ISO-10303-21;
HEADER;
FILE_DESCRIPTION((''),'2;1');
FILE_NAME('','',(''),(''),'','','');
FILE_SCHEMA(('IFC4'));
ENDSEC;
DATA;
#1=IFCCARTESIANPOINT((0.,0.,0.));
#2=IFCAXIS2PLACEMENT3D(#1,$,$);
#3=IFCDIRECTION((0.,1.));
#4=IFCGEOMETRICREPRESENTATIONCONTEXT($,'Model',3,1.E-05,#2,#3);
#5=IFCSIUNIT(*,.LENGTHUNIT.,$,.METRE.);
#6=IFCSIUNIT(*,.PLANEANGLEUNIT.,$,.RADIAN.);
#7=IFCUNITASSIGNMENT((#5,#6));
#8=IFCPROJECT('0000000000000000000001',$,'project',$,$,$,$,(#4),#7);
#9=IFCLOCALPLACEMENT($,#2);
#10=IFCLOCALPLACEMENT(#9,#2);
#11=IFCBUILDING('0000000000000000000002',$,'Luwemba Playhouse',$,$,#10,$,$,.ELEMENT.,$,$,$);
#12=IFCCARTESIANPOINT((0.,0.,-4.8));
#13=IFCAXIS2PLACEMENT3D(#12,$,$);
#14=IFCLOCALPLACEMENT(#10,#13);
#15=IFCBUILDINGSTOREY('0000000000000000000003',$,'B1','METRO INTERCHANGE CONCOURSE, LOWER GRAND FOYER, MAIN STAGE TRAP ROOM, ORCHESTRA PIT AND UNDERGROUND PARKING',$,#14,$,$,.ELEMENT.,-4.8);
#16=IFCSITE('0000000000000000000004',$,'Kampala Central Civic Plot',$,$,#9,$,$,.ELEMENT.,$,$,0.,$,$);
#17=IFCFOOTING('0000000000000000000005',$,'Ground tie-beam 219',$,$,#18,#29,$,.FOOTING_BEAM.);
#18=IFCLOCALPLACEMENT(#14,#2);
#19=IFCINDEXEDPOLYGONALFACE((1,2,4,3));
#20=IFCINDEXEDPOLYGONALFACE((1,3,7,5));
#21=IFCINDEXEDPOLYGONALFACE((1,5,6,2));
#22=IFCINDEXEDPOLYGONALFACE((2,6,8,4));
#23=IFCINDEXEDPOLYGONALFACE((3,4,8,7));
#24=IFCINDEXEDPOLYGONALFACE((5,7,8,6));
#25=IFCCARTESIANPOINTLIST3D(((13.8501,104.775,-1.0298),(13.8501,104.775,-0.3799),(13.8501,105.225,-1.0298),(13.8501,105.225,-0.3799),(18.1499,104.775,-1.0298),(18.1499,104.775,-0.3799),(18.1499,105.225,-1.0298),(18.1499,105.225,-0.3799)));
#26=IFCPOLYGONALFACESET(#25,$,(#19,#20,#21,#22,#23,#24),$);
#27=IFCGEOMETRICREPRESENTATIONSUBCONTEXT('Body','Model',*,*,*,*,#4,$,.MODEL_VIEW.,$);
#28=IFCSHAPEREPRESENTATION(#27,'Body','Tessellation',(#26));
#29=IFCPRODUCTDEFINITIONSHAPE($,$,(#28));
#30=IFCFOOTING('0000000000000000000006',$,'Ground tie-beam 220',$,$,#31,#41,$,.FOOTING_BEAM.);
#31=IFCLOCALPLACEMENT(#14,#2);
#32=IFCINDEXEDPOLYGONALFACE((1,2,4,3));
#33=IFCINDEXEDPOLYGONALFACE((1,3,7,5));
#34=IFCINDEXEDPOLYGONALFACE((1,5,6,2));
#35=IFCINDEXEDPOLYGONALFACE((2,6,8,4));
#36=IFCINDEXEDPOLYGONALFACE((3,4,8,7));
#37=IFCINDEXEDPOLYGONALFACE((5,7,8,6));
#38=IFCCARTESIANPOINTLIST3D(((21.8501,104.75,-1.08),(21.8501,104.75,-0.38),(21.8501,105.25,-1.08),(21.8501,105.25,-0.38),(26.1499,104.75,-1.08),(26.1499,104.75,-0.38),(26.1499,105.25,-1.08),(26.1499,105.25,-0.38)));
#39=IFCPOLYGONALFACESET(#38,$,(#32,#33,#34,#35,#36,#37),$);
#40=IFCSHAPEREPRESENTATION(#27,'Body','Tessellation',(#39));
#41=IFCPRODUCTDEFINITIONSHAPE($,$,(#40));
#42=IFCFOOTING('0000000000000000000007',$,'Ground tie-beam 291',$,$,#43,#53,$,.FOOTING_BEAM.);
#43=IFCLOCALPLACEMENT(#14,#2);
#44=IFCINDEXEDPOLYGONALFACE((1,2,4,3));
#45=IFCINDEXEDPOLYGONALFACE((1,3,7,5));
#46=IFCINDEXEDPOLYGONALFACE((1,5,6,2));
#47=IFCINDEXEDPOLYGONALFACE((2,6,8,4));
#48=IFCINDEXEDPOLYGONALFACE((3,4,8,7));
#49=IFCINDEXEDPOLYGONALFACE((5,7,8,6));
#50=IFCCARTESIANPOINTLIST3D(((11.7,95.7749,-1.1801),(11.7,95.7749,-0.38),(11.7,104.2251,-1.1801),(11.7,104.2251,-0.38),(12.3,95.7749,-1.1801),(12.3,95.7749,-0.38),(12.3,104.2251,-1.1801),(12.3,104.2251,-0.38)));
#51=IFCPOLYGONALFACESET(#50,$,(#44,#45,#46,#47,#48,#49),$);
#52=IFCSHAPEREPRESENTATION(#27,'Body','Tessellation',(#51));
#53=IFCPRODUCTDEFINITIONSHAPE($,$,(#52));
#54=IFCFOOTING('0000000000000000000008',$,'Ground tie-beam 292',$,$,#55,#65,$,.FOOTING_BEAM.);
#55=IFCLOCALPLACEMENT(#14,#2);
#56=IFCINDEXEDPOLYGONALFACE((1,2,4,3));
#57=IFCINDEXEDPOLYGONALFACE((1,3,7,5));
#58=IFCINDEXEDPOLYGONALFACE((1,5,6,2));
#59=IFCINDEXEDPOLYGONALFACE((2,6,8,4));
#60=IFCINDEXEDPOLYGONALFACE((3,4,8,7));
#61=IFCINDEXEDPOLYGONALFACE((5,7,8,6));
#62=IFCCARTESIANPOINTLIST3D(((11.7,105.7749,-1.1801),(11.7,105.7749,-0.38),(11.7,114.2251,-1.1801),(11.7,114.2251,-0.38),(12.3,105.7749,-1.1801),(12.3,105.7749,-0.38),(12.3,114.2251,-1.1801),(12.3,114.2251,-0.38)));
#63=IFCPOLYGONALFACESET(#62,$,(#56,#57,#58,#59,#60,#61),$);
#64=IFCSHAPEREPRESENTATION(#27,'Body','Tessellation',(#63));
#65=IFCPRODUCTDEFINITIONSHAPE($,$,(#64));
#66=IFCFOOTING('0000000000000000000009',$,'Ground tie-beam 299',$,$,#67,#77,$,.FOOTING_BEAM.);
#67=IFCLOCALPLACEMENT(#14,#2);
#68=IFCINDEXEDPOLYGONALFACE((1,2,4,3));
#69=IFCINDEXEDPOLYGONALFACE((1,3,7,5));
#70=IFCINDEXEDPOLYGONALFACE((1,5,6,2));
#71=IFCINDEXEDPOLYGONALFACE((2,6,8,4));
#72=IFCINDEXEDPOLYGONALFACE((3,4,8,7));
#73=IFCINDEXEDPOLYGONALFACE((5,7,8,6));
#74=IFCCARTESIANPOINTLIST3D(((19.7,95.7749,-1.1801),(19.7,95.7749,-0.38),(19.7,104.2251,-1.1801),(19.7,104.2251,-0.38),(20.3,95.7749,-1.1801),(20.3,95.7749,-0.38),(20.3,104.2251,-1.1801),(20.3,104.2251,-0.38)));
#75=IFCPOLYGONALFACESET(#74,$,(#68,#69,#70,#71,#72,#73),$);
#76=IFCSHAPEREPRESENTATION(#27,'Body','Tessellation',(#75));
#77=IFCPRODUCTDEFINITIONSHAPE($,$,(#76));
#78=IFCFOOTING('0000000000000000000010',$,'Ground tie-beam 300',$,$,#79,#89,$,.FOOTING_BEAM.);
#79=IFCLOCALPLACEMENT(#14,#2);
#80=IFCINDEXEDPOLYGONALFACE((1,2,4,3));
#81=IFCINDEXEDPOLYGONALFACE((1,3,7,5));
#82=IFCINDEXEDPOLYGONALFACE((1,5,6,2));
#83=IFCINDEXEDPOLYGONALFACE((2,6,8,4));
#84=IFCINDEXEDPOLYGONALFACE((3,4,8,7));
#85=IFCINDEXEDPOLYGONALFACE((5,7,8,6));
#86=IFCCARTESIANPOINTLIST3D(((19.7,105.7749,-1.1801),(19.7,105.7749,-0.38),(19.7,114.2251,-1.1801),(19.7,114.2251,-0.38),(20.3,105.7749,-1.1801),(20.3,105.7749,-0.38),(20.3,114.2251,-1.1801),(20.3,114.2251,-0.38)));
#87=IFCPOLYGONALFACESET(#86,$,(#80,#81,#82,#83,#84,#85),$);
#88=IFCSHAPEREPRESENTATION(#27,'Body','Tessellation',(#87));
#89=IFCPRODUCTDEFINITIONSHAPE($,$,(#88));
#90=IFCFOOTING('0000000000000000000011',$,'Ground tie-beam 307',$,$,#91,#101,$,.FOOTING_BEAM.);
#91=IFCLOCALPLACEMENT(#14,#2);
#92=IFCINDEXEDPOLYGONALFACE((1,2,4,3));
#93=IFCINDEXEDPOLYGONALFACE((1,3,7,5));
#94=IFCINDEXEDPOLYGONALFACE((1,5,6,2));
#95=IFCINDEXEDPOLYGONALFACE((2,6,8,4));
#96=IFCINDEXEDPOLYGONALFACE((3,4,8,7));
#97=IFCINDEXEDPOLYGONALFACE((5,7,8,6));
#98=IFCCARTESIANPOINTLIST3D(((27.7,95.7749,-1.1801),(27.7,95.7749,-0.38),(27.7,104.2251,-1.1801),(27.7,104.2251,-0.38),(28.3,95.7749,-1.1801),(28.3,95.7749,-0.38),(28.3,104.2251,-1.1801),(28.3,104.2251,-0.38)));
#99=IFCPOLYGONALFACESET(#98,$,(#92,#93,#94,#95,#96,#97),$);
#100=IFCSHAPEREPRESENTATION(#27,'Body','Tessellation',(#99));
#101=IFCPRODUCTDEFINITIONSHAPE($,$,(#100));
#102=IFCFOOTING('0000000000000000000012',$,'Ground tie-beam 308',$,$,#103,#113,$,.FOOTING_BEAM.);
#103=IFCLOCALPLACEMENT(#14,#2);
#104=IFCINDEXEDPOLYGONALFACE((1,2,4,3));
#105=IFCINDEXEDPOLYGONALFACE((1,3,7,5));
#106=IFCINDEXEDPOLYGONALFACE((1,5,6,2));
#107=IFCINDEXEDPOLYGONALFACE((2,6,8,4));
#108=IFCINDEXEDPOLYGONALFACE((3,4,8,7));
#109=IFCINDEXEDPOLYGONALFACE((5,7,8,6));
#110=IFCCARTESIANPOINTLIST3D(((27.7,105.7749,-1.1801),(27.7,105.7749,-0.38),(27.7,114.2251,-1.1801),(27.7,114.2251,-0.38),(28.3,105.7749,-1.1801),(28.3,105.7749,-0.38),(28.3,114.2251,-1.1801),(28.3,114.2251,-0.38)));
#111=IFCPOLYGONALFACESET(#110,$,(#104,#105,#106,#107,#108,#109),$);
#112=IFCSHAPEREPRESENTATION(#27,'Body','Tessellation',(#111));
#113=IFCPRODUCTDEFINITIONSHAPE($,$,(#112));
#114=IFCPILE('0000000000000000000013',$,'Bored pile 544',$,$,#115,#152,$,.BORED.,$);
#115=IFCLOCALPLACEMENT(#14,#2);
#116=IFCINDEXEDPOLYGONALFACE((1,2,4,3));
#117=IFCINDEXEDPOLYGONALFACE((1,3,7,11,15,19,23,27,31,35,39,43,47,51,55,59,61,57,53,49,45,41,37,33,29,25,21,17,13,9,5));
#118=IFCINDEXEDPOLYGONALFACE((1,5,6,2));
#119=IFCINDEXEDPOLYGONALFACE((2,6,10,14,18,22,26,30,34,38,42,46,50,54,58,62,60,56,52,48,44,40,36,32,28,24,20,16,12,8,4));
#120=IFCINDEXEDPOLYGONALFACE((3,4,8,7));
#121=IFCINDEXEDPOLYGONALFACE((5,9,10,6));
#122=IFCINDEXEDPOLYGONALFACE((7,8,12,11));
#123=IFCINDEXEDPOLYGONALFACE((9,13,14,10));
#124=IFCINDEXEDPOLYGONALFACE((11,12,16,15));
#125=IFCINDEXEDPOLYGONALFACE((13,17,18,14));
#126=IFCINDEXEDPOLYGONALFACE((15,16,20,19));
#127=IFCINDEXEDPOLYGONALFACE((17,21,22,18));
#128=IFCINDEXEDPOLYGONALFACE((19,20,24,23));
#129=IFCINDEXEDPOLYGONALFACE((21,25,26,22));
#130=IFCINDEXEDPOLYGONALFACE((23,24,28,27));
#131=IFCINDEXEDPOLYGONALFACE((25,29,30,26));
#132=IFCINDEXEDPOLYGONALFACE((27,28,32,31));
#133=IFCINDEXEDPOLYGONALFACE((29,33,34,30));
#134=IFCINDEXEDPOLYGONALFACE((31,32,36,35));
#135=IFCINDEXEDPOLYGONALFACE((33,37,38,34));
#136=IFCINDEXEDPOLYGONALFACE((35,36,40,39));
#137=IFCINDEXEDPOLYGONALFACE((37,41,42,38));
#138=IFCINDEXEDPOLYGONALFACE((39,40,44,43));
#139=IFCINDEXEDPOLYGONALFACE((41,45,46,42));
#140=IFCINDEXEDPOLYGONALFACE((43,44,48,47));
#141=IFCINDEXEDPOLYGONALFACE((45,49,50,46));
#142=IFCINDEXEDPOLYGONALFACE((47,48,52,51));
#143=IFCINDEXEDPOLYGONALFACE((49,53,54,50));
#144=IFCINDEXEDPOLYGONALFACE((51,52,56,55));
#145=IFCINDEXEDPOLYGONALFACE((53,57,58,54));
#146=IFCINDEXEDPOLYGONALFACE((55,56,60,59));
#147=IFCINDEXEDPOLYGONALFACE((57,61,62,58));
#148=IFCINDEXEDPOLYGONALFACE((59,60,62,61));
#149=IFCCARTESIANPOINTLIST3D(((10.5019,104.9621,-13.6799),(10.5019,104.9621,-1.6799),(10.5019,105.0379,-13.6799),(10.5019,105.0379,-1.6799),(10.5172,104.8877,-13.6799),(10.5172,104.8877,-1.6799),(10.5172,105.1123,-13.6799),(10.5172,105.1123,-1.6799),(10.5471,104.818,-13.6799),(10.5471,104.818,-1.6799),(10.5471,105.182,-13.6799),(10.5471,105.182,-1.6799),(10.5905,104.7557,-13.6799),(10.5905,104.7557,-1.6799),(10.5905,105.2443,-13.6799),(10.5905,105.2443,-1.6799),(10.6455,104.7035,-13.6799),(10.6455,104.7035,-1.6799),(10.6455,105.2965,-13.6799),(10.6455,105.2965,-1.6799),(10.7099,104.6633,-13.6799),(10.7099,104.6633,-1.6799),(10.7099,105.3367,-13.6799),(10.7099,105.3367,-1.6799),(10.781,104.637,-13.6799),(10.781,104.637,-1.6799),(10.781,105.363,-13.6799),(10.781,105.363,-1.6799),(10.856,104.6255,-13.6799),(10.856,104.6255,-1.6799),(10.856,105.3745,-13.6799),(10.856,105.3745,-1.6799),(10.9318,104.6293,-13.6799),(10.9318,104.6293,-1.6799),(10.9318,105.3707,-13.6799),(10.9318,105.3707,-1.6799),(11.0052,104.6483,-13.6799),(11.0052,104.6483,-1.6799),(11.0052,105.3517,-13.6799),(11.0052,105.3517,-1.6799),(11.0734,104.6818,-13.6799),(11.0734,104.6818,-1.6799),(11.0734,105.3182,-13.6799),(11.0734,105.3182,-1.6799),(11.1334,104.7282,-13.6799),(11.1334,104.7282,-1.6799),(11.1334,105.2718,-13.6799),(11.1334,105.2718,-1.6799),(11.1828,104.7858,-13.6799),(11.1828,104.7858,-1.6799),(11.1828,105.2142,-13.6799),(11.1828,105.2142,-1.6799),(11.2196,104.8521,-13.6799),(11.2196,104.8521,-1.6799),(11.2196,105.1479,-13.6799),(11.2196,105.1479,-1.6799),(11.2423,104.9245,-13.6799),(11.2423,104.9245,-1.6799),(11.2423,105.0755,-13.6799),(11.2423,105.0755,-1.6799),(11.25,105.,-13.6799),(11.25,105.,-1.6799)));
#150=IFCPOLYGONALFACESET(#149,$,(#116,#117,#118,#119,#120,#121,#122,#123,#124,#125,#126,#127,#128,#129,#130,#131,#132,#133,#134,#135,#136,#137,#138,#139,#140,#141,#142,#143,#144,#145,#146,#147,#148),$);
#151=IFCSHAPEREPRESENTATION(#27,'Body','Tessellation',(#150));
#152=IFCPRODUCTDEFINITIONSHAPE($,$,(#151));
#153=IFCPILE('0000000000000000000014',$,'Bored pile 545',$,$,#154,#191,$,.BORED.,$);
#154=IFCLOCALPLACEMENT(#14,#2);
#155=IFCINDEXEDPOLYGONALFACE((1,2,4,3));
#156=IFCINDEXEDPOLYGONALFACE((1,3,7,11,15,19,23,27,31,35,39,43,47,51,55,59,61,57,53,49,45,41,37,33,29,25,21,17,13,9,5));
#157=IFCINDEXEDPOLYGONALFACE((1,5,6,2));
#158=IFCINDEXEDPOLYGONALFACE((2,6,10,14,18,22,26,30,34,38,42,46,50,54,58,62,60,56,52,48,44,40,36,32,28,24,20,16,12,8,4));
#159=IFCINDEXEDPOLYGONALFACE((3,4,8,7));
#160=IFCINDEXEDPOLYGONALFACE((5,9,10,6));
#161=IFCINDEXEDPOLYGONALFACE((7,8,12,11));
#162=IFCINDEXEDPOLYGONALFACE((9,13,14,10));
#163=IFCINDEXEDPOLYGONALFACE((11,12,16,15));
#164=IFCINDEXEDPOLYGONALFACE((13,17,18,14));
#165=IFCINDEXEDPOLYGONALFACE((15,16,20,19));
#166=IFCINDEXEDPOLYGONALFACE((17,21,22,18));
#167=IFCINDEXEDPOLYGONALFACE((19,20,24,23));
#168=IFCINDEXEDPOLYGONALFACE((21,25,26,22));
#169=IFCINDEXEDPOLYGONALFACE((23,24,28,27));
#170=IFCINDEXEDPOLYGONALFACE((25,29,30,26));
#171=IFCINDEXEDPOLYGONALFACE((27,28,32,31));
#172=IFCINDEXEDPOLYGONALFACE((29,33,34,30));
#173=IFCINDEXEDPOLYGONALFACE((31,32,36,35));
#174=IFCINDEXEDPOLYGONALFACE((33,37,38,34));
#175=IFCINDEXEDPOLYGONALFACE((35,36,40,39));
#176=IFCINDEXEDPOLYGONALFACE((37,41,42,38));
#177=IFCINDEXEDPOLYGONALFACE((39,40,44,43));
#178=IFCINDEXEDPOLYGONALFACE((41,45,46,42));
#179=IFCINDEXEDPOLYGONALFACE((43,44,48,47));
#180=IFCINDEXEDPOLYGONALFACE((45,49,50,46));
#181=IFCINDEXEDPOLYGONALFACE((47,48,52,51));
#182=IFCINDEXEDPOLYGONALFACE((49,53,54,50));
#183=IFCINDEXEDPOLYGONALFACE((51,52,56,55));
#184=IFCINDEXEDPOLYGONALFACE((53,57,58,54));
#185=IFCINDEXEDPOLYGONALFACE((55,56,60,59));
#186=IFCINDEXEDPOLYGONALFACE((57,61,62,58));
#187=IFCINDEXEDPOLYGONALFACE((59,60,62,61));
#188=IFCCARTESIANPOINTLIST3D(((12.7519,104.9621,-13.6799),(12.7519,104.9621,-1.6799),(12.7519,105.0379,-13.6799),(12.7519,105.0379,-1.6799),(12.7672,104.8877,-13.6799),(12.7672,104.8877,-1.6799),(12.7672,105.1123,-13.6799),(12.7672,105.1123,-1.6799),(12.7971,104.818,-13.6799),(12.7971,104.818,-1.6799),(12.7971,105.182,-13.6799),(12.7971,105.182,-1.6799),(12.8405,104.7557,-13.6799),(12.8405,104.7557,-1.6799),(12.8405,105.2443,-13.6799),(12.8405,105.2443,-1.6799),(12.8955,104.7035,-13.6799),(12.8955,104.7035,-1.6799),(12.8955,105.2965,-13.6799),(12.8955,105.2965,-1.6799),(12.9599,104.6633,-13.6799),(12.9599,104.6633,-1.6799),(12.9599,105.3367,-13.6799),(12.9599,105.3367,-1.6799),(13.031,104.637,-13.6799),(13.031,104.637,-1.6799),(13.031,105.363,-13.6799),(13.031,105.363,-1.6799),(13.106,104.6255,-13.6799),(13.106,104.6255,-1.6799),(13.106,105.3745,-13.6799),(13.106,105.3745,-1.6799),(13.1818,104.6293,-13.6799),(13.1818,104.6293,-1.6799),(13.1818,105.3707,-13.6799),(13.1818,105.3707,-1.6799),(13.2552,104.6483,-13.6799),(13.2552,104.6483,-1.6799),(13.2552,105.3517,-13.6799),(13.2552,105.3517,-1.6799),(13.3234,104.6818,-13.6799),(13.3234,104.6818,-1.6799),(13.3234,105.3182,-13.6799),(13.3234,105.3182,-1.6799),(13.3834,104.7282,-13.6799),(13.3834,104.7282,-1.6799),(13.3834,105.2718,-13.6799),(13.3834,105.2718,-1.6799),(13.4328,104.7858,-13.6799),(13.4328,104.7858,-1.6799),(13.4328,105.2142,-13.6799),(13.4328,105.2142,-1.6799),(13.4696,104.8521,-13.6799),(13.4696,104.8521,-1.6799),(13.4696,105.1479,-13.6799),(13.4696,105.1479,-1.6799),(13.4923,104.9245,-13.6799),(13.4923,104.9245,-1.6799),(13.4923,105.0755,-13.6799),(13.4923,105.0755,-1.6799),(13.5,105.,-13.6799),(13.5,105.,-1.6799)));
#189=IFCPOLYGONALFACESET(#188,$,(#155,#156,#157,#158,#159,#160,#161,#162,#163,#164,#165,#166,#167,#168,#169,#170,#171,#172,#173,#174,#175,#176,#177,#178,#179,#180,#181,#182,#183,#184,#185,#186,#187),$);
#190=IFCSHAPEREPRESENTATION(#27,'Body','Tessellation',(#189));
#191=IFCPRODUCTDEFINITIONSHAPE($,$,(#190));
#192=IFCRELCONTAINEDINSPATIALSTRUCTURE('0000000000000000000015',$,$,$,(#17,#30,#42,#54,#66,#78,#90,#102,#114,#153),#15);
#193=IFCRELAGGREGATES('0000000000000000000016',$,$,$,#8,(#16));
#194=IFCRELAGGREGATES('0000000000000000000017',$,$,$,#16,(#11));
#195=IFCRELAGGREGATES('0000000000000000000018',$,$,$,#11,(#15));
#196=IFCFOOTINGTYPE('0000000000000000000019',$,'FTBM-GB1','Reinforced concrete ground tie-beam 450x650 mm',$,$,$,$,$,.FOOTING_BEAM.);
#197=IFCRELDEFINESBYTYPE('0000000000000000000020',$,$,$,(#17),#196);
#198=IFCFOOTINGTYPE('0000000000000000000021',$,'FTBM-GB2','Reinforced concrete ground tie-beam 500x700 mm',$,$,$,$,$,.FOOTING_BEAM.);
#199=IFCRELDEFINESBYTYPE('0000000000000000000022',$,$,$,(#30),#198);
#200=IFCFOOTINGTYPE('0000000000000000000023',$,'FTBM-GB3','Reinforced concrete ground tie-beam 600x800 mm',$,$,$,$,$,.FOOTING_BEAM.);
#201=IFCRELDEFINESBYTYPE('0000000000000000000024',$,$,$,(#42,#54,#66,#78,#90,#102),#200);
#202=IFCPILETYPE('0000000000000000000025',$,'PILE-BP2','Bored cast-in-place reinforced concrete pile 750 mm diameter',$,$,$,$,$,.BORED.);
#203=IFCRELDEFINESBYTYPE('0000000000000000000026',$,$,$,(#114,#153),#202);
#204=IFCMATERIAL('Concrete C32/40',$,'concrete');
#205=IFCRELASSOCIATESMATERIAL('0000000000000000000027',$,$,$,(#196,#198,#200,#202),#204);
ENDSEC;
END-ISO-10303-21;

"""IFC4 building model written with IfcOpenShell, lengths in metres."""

from ifc_helpers import new_model, si_unit, direction, frame, origin, origin_2d, place, context, subcontext, project, spatial, rectangle, circle, extrude, material, material_profile, profile_set, type_object, element, save


model = new_model("IFC4")

# Units and contexts
model_context = context("Model", 3, precision=1e-05, world=origin(), true_north=direction((0.0, 1.0)))
body_context = subcontext(model_context, "Body", "Model", "MODEL_VIEW")
ifc_project = project(units=[si_unit("LENGTHUNIT", "METRE"), si_unit("PLANEANGLEUNIT", "RADIAN")], contexts=[model_context])

# Site, building, storey
site_placement = place(None, origin())
site = spatial("IfcSite", under=ifc_project, at=site_placement, Name="Kampala Central Civic Plot", CompositionType="ELEMENT", RefElevation=0.0)
building_placement = place(site_placement, origin())
building = spatial("IfcBuilding", under=site, at=building_placement, Name="Luwemba Playhouse", CompositionType="ELEMENT")
storey_placement = place(building_placement, frame((0.0, 0.0, -4.8)))
storey = spatial("IfcBuildingStorey", under=building, at=storey_placement, Name="B1", Description="METRO INTERCHANGE CONCOURSE, LOWER GRAND FOYER, MAIN STAGE TRAP ROOM, ORCHESTRA PIT AND UNDERGROUND PARKING", CompositionType="ELEMENT", Elevation=-4.8)

# Footings
ifc_material_1 = material(Name="Concrete C32/40", Category="concrete")
ifc_material_profile_1 = material_profile(ifc_material_1, rectangle(XDim=0.45, YDim=0.6499, at=origin_2d()))
ifc_profile_set_1 = profile_set([ifc_material_profile_1], Name="Concrete C32/40")
footing_type_1 = type_object("IfcFootingType", Name="FTBM-GB1", Description="Reinforced concrete ground tie-beam 450x650 mm", PredefinedType="FOOTING_BEAM", material=ifc_profile_set_1)
footing_1_placement = place(storey_placement, frame((13.8501, 105.0, -0.7048), z_axis=(1.0, 0.0, 0.0), x_axis=(0.0, 1.0, 0.0)))
element("IfcFooting", 1, at=footing_1_placement, inside=storey, type_object=footing_type_1, Name="Ground tie-beam 219", PredefinedType="FOOTING_BEAM", context=body_context, shape_type="SweptSolid", body=[
    extrude(rectangle(XDim=0.45, YDim=0.6499, at=origin_2d()), origin(), (0.0, 0.0, 1.0), 4.2998),
])
ifc_material_profile_2 = material_profile(ifc_material_1, rectangle(XDim=0.5, YDim=0.7, at=origin_2d()))
ifc_profile_set_2 = profile_set([ifc_material_profile_2], Name="Concrete C32/40")
footing_type_2 = type_object("IfcFootingType", Name="FTBM-GB2", Description="Reinforced concrete ground tie-beam 500x700 mm", PredefinedType="FOOTING_BEAM", material=ifc_profile_set_2)
footing_2_placement = place(storey_placement, frame((21.8501, 105.0, -0.73), z_axis=(1.0, 0.0, 0.0), x_axis=(0.0, 1.0, 0.0)))
element("IfcFooting", 2, at=footing_2_placement, inside=storey, type_object=footing_type_2, Name="Ground tie-beam 220", PredefinedType="FOOTING_BEAM", context=body_context, shape_type="SweptSolid", body=[
    extrude(rectangle(XDim=0.5, YDim=0.7, at=origin_2d()), origin(), (0.0, 0.0, 1.0), 4.2998),
])
ifc_material_profile_3 = material_profile(ifc_material_1, rectangle(XDim=0.6001, YDim=0.8, at=origin_2d()))
ifc_profile_set_3 = profile_set([ifc_material_profile_3], Name="Concrete C32/40")
footing_type_3 = type_object("IfcFootingType", Name="FTBM-GB3", Description="Reinforced concrete ground tie-beam 600x800 mm", PredefinedType="FOOTING_BEAM", material=ifc_profile_set_3)
for number, where, z_axis, x_axis, name in (
    (3, (12.0, 95.7749, -0.78), (0.0, 1.0, 0.0), (-1.0, 0.0, 0.0), "Ground tie-beam 291"),
    (4, (12.0, 105.7749, -0.78), (0.0, 1.0, 0.0), (-1.0, 0.0, 0.0), "Ground tie-beam 292"),
    (5, (20.0, 95.7749, -0.78), (0.0, 1.0, 0.0), (-1.0, 0.0, 0.0), "Ground tie-beam 299"),
    (6, (20.0, 105.7749, -0.78), (0.0, 1.0, 0.0), (-1.0, 0.0, 0.0), "Ground tie-beam 300"),
    (7, (28.0, 95.7749, -0.78), (0.0, 1.0, 0.0), (-1.0, 0.0, 0.0), "Ground tie-beam 307"),
    (8, (28.0, 105.7749, -0.78), (0.0, 1.0, 0.0), (-1.0, 0.0, 0.0), "Ground tie-beam 308"),
):
    element("IfcFooting", number, at=place(storey_placement, frame(where, z_axis=z_axis, x_axis=x_axis)), inside=storey, type_object=footing_type_3, Name=name, PredefinedType="FOOTING_BEAM", context=body_context, shape_type="SweptSolid", body=[
        extrude(rectangle(XDim=0.6001, YDim=0.8, at=origin_2d()), origin(), (0.0, 0.0, 1.0), 8.4502),
    ])

# Piles
ifc_material_profile_4 = material_profile(ifc_material_1, circle(Radius=0.375, at=origin_2d()))
ifc_profile_set_4 = profile_set([ifc_material_profile_4], Name="Concrete C32/40")
pile_type = type_object("IfcPileType", Name="PILE-BP2", Description="Bored cast-in-place reinforced concrete pile 750 mm diameter", PredefinedType="BORED", material=ifc_profile_set_4)
for number, where, z_axis, x_axis, name in (
    (9, (10.875, 105.0, -1.6799), (0.0, 0.0, -1.0), (1.0, 0.0, 0.0), "Bored pile 544"),
    (10, (13.125, 105.0, -1.6799), (0.0, 0.0, -1.0), (1.0, 0.0, 0.0), "Bored pile 545"),
):
    element("IfcPile", number, at=place(storey_placement, frame(where, z_axis=z_axis, x_axis=x_axis)), inside=storey, type_object=pile_type, Name=name, PredefinedType="BORED", context=body_context, shape_type="SweptSolid", body=[
        extrude(circle(Radius=0.375, at=origin_2d()), origin(), (0.0, 0.0, 1.0), 12.0),
    ])

save(model, "model.ifc")
